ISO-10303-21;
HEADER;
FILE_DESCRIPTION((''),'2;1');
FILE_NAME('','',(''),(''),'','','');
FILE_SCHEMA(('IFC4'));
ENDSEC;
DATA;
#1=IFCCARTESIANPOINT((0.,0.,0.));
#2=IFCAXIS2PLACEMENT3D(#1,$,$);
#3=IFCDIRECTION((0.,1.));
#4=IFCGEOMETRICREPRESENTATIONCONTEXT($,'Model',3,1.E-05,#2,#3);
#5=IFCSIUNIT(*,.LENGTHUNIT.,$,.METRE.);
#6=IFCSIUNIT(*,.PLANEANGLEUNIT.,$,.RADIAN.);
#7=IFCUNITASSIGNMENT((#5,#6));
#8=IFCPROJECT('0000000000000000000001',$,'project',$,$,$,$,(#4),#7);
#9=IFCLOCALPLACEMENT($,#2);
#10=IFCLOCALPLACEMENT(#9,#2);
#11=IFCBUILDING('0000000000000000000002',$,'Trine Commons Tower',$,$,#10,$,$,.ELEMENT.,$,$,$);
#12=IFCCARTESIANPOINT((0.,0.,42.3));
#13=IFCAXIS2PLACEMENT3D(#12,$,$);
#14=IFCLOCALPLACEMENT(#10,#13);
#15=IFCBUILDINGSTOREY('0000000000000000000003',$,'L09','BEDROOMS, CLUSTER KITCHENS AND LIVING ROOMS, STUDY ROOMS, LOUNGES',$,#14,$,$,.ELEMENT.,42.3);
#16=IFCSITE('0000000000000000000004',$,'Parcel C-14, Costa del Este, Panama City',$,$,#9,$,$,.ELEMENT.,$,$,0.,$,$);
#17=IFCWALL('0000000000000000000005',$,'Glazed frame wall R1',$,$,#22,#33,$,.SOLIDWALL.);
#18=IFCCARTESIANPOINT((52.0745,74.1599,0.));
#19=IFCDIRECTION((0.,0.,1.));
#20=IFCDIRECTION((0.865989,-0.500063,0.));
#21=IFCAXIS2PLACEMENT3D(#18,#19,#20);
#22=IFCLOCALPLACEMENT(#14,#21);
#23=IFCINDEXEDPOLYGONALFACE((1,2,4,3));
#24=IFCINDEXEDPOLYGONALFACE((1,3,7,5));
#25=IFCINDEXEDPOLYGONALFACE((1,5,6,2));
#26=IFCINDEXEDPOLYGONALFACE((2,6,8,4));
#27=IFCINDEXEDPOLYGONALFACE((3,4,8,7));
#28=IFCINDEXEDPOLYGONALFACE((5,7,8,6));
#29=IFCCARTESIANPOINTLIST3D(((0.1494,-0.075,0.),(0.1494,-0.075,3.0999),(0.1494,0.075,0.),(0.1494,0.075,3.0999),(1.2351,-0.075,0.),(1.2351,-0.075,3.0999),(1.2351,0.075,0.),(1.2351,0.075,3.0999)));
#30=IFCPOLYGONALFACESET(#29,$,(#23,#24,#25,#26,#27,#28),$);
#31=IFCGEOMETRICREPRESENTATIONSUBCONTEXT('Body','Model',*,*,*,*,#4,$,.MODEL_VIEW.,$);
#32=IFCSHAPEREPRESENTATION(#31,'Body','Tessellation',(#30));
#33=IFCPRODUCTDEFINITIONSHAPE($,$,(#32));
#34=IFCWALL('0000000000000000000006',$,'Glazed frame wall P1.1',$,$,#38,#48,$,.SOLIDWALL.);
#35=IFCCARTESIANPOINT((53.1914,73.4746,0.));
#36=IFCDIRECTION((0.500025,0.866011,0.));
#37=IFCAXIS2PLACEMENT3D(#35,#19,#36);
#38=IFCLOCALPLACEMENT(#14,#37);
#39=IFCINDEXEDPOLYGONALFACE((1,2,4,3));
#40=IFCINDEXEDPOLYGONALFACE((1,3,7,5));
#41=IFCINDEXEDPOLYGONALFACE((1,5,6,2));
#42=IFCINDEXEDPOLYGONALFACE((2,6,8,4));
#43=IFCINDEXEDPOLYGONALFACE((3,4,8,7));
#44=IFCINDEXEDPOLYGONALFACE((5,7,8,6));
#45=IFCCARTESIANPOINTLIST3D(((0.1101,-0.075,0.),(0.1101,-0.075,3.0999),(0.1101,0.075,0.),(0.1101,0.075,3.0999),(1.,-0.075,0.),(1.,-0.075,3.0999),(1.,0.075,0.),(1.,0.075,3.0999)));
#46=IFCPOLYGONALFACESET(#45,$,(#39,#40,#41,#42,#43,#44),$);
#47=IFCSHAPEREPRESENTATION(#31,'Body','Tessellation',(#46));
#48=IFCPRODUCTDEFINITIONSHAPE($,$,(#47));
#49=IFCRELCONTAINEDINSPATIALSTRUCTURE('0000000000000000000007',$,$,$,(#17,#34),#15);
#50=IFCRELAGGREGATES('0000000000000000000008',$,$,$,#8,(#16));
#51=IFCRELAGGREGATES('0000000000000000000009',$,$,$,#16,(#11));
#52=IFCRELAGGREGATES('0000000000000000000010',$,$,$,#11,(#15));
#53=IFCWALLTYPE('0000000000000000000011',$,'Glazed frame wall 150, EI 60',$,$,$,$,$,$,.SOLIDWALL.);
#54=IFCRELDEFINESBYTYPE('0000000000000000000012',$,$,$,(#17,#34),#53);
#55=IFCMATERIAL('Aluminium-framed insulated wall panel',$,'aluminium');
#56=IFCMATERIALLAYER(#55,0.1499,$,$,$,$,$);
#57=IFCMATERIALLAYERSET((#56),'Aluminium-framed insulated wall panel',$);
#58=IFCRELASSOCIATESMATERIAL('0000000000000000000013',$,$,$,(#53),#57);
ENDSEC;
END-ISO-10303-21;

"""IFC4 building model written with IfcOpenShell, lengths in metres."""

from ifc_helpers import new_model, si_unit, direction, frame, origin, place, context, subcontext, project, spatial, polyline, outline, extrude, material, layer, layer_set, type_object, element, save


model = new_model("IFC4")

# Units and contexts
model_context = context("Model", 3, precision=1e-05, world=origin(), true_north=direction((0.0, 1.0)))
body_context = subcontext(model_context, "Body", "Model", "MODEL_VIEW")
ifc_project = project(units=[si_unit("LENGTHUNIT", "METRE"), si_unit("PLANEANGLEUNIT", "RADIAN")], contexts=[model_context])

# Site, building, storey
site_placement = place(None, origin())
site = spatial("IfcSite", under=ifc_project, at=site_placement, Name="Parcel C-14, Costa del Este, Panama City", CompositionType="ELEMENT", RefElevation=0.0)
building_placement = place(site_placement, origin())
building = spatial("IfcBuilding", under=site, at=building_placement, Name="Trine Commons Tower", CompositionType="ELEMENT")
storey_placement = place(building_placement, frame((0.0, 0.0, 42.3)))
storey = spatial("IfcBuildingStorey", under=building, at=storey_placement, Name="L09", Description="BEDROOMS, CLUSTER KITCHENS AND LIVING ROOMS, STUDY ROOMS, LOUNGES", CompositionType="ELEMENT", Elevation=42.3)

# Walls
ifc_material_1 = material(Name="Aluminium-framed insulated wall panel", Category="aluminium")
ifc_layer_1 = layer(ifc_material_1, 0.1499)
ifc_layer_set_1 = layer_set([ifc_layer_1], Name="Aluminium-framed insulated wall panel")
wall_type_1 = type_object("IfcWallType", Name="Glazed frame wall 150, EI 60", PredefinedType="SOLIDWALL", material=ifc_layer_set_1)
wall_1_placement = place(storey_placement, frame((52.0745, 74.1599, 0.0), z_axis=(0.0, 0.0, 1.0), x_axis=(0.865989, -0.500063, 0.0)))
element("IfcWall", 1, at=wall_1_placement, inside=storey, type_object=wall_type_1, Name="Glazed frame wall R1", PredefinedType="SOLIDWALL", context=body_context, shape_type="SweptSolid", body=[
    extrude(outline(polyline([(0.1494, 0.075), (0.1494, -0.075), (1.2351, -0.075), (1.2351, 0.075), (0.1494, 0.075)])), origin(), (0.0, 0.0, 1.0), 3.0999),
])
wall_2_placement = place(storey_placement, frame((53.1914, 73.4746, 0.0), z_axis=(0.0, 0.0, 1.0), x_axis=(0.500025, 0.866011, 0.0)))
element("IfcWall", 2, at=wall_2_placement, inside=storey, type_object=wall_type_1, Name="Glazed frame wall P1.1", PredefinedType="SOLIDWALL", context=body_context, shape_type="SweptSolid", body=[
    extrude(outline(polyline([(0.1101, -0.075), (1.0, -0.075), (1.0, 0.075), (0.1101, 0.075), (0.1101, -0.075)])), origin(), (0.0, 0.0, 1.0), 3.0999),
])

save(model, "model.ifc")
